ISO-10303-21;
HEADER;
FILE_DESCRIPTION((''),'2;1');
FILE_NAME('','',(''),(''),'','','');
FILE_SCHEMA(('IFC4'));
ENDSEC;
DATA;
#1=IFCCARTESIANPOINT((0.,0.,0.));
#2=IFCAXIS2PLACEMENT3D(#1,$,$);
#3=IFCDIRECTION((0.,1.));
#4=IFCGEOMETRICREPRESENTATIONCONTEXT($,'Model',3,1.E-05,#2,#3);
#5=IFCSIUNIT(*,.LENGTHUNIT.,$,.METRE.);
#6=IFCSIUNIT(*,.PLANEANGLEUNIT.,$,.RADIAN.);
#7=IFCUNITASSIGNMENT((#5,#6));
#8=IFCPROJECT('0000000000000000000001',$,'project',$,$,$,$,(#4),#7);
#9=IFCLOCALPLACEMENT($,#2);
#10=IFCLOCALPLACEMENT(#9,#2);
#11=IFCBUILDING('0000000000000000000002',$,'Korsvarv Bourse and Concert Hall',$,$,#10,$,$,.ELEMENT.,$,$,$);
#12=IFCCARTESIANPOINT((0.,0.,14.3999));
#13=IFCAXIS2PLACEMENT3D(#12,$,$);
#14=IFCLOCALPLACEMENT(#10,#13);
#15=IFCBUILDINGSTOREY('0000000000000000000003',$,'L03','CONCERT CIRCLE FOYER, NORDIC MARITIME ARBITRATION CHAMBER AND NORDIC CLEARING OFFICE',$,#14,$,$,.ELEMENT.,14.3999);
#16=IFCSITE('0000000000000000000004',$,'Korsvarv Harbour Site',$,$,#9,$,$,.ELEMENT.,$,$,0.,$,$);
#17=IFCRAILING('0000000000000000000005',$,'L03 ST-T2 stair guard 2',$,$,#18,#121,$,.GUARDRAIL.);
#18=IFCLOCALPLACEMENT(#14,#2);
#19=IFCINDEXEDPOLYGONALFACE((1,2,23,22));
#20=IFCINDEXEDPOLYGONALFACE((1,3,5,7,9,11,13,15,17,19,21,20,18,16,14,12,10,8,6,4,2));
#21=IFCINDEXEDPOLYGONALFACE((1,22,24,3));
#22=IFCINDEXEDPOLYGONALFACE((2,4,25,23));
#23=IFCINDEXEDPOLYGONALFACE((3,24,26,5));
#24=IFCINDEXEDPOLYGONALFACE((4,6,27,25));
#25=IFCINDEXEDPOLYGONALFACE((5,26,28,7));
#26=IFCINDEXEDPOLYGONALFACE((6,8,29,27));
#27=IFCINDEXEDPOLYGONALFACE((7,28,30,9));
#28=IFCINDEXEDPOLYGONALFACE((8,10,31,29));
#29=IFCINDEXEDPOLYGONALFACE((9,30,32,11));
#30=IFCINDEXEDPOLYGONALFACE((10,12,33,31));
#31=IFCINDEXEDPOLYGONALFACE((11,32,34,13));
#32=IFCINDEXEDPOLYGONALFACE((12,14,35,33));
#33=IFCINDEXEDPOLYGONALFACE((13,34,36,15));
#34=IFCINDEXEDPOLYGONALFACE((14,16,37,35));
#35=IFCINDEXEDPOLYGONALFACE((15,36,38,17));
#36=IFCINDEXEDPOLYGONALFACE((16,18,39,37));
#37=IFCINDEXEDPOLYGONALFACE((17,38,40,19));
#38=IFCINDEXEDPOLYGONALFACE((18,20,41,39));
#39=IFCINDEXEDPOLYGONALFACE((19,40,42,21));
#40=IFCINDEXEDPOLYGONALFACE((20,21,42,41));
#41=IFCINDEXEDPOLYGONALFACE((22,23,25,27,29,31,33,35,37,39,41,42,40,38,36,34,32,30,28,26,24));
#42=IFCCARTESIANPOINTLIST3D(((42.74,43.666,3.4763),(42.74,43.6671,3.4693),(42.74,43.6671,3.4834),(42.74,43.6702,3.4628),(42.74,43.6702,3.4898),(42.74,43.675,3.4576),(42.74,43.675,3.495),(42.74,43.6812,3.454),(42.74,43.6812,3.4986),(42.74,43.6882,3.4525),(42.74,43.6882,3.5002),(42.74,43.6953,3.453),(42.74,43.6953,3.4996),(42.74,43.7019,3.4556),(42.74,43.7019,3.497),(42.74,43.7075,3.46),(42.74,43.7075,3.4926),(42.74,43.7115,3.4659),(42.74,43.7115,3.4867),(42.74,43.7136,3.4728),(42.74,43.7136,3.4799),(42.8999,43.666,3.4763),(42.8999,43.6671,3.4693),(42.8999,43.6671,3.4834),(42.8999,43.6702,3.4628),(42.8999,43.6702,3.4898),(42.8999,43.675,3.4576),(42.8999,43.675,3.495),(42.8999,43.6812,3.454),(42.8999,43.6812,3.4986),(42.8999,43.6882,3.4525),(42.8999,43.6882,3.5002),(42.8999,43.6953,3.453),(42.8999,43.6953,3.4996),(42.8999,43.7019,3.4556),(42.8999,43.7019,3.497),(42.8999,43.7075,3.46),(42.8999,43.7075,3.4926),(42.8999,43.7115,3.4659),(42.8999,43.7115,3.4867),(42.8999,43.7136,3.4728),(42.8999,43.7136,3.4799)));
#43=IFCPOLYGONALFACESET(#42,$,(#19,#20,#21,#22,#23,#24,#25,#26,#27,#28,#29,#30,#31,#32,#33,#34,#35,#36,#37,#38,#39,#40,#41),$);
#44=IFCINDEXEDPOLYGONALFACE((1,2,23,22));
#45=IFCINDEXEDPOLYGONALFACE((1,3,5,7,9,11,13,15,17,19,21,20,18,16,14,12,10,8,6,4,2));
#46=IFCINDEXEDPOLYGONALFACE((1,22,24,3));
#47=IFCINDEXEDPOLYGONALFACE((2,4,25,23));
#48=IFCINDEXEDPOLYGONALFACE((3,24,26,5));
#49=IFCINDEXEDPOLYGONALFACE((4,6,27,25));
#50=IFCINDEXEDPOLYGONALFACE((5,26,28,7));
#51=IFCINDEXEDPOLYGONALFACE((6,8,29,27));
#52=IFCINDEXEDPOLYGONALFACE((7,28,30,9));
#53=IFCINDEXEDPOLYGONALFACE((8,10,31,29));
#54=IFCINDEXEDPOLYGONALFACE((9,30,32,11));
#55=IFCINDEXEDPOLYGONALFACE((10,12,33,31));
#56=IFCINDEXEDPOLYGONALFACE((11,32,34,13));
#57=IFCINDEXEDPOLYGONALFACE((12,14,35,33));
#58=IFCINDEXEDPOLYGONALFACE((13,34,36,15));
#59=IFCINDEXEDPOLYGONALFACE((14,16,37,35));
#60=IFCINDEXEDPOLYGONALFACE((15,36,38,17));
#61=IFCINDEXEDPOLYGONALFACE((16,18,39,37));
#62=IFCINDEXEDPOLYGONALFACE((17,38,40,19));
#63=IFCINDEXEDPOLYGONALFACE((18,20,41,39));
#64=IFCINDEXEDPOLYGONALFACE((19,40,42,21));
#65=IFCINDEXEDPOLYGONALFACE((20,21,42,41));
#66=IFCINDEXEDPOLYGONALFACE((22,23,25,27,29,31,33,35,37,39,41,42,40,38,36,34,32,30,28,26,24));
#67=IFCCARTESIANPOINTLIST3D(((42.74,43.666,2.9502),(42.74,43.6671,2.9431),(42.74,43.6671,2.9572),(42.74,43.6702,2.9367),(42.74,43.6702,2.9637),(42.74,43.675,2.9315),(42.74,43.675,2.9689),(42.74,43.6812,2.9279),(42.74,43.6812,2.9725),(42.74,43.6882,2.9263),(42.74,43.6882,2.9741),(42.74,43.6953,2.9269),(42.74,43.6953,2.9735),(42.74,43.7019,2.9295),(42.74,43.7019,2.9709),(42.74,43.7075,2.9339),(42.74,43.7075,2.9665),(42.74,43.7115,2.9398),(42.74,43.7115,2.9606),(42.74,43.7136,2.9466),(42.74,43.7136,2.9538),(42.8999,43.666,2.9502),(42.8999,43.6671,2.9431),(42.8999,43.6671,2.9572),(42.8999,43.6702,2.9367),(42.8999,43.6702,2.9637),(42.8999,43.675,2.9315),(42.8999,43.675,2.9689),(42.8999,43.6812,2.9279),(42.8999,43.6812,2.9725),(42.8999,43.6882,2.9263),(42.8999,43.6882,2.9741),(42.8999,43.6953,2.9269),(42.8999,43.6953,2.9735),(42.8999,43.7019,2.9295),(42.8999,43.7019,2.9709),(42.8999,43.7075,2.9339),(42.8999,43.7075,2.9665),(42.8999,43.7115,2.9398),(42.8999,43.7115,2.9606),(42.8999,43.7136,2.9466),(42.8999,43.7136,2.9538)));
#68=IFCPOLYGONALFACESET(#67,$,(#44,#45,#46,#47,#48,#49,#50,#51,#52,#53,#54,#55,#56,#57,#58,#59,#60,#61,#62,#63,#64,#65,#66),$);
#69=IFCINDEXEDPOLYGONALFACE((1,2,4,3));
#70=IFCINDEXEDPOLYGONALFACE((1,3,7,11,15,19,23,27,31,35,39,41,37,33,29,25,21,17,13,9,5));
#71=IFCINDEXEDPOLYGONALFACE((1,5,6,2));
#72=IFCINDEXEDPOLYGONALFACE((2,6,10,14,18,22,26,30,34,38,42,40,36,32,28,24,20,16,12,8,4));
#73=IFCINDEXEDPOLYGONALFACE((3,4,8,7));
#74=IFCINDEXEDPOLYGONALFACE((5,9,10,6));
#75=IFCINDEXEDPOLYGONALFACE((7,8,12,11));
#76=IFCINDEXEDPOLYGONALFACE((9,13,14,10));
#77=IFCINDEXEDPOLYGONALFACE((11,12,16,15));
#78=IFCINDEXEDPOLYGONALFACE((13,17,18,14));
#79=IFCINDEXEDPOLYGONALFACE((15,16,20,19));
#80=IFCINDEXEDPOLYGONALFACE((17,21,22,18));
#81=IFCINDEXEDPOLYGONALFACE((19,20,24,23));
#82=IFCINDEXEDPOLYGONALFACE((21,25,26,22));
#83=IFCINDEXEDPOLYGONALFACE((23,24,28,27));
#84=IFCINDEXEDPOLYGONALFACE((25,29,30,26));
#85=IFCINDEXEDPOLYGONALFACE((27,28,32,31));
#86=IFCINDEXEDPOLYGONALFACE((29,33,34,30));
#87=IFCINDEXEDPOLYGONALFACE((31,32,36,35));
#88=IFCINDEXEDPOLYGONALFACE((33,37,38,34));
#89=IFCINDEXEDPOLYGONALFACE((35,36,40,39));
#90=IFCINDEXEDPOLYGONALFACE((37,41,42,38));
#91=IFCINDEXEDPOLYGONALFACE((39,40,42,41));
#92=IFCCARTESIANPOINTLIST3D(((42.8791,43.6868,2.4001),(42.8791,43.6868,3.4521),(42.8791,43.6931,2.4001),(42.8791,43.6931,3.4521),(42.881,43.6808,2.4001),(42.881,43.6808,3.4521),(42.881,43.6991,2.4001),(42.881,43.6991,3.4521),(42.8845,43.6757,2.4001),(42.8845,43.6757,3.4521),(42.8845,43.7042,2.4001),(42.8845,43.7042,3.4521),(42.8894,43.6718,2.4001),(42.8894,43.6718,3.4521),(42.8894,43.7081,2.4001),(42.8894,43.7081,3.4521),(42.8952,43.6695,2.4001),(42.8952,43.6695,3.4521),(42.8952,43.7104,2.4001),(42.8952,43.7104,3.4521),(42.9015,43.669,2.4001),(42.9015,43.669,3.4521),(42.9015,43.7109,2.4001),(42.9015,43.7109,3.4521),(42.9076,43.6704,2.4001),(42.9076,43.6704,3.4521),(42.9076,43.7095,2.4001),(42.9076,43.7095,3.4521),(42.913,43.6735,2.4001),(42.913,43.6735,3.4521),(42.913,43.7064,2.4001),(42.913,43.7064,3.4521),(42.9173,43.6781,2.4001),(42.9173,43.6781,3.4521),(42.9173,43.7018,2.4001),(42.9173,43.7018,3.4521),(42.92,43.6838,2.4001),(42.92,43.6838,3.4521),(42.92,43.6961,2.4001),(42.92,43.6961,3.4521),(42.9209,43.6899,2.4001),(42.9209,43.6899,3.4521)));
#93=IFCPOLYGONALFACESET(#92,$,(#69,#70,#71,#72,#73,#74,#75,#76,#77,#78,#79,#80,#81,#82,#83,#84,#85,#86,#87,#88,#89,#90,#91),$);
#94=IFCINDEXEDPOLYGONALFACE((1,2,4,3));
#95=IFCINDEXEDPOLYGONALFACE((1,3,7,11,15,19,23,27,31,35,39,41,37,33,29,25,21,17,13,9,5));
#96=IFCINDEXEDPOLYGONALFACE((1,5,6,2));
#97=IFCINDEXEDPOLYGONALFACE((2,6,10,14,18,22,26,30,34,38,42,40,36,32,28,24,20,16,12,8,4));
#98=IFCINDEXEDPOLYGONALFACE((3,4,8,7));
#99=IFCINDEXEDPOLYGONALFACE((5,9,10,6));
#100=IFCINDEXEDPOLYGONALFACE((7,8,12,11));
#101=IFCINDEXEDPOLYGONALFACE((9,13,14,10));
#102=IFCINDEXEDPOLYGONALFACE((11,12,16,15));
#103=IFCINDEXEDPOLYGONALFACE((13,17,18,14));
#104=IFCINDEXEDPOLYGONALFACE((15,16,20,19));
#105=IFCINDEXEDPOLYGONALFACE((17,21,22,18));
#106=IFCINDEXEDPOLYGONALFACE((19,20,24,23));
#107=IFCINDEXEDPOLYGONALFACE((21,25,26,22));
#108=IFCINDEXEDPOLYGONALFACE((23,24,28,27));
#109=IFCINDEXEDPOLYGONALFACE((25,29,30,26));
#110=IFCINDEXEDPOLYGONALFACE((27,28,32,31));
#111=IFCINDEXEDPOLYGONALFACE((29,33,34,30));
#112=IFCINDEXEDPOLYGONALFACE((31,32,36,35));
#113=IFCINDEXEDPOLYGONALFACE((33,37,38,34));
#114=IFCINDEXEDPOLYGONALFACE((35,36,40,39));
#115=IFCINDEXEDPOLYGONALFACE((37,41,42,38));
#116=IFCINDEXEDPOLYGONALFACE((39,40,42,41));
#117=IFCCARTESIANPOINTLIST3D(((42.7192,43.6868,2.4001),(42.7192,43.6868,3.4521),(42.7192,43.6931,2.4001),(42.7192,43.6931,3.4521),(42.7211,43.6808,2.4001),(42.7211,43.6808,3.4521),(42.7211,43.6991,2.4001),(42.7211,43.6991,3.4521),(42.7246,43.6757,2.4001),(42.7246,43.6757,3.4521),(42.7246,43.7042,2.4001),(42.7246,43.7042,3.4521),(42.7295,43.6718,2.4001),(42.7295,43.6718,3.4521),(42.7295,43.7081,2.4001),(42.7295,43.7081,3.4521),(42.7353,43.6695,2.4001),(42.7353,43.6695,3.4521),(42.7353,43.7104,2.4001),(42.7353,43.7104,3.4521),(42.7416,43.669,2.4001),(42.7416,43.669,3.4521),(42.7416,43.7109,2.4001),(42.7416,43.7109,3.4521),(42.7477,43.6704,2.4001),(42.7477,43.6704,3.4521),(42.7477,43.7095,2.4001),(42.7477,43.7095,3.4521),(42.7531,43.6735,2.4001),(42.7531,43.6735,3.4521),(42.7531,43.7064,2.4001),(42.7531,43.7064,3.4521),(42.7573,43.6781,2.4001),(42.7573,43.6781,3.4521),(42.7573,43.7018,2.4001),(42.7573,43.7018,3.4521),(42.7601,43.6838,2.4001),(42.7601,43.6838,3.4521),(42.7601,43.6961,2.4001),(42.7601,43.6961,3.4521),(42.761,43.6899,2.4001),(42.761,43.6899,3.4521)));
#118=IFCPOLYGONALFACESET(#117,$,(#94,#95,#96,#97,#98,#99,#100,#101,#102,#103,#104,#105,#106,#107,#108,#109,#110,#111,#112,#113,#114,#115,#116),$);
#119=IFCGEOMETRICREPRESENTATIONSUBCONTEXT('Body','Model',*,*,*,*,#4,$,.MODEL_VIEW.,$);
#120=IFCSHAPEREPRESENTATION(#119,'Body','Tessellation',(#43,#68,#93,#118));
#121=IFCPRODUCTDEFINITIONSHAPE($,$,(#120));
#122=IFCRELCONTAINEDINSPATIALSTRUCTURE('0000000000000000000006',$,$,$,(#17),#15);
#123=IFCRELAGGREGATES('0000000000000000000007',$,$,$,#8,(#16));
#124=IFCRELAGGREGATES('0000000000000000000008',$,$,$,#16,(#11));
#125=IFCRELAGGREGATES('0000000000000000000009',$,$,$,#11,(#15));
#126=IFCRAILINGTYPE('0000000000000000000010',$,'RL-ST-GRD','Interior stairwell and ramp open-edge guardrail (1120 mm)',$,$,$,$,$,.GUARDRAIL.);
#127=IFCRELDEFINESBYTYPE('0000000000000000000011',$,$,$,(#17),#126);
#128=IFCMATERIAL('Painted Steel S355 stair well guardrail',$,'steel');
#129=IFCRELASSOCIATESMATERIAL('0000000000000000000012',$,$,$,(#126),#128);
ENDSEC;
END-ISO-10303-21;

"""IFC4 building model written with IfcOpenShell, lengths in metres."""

from ifc_helpers import new_model, si_unit, direction, frame, origin, origin_2d, place, context, subcontext, project, spatial, circle, extrude, material, type_object, element, save


model = new_model("IFC4")

# Units and contexts
model_context = context("Model", 3, precision=1e-05, world=origin(), true_north=direction((0.0, 1.0)))
body_context = subcontext(model_context, "Body", "Model", "MODEL_VIEW")
ifc_project = project(units=[si_unit("LENGTHUNIT", "METRE"), si_unit("PLANEANGLEUNIT", "RADIAN")], contexts=[model_context])

# Site, building, storey
site_placement = place(None, origin())
site = spatial("IfcSite", under=ifc_project, at=site_placement, Name="Korsvarv Harbour Site", CompositionType="ELEMENT", RefElevation=0.0)
building_placement = place(site_placement, origin())
building = spatial("IfcBuilding", under=site, at=building_placement, Name="Korsvarv Bourse and Concert Hall", CompositionType="ELEMENT")
storey_placement = place(building_placement, frame((0.0, 0.0, 14.3999)))
storey = spatial("IfcBuildingStorey", under=building, at=storey_placement, Name="L03", Description="CONCERT CIRCLE FOYER, NORDIC MARITIME ARBITRATION CHAMBER AND NORDIC CLEARING OFFICE", CompositionType="ELEMENT", Elevation=14.3999)

# Railing
ifc_material_1 = material(Name="Painted Steel S355 stair well guardrail", Category="steel")
railing_type_1 = type_object("IfcRailingType", Name="RL-ST-GRD", Description="Interior stairwell and ramp open-edge guardrail (1120 mm)", PredefinedType="GUARDRAIL", material=ifc_material_1)
railing_1_placement = place(storey_placement, frame((42.8999, 43.6899, 2.4001)))
element("IfcRailing", 1, at=railing_1_placement, inside=storey, type_object=railing_type_1, Name="L03 ST-T2 stair guard 2", PredefinedType="GUARDRAIL", context=body_context, shape_type="SweptSolid", body=[
    extrude(circle(Radius=0.0239, at=origin_2d()), frame((0.0, 0.0, 1.0762), z_axis=(-1.0, 0.0, 0.0), x_axis=(0.0, -1.0, 0.0)), (0.0, 0.0, 1.0), 0.1599),
    extrude(circle(Radius=0.0239, at=origin_2d()), frame((0.0, 0.0, 0.55), z_axis=(-1.0, 0.0, 0.0), x_axis=(0.0, -1.0, 0.0)), (0.0, 0.0, 1.0), 0.1599),
    extrude(circle(Radius=0.021, at=origin_2d()), origin(), (0.0, 0.0, 1.0), 1.052),
    extrude(circle(Radius=0.021, at=origin_2d()), frame((-0.1599, 0.0, 0.0)), (0.0, 0.0, 1.0), 1.052),
])

save(model, "model.ifc")
